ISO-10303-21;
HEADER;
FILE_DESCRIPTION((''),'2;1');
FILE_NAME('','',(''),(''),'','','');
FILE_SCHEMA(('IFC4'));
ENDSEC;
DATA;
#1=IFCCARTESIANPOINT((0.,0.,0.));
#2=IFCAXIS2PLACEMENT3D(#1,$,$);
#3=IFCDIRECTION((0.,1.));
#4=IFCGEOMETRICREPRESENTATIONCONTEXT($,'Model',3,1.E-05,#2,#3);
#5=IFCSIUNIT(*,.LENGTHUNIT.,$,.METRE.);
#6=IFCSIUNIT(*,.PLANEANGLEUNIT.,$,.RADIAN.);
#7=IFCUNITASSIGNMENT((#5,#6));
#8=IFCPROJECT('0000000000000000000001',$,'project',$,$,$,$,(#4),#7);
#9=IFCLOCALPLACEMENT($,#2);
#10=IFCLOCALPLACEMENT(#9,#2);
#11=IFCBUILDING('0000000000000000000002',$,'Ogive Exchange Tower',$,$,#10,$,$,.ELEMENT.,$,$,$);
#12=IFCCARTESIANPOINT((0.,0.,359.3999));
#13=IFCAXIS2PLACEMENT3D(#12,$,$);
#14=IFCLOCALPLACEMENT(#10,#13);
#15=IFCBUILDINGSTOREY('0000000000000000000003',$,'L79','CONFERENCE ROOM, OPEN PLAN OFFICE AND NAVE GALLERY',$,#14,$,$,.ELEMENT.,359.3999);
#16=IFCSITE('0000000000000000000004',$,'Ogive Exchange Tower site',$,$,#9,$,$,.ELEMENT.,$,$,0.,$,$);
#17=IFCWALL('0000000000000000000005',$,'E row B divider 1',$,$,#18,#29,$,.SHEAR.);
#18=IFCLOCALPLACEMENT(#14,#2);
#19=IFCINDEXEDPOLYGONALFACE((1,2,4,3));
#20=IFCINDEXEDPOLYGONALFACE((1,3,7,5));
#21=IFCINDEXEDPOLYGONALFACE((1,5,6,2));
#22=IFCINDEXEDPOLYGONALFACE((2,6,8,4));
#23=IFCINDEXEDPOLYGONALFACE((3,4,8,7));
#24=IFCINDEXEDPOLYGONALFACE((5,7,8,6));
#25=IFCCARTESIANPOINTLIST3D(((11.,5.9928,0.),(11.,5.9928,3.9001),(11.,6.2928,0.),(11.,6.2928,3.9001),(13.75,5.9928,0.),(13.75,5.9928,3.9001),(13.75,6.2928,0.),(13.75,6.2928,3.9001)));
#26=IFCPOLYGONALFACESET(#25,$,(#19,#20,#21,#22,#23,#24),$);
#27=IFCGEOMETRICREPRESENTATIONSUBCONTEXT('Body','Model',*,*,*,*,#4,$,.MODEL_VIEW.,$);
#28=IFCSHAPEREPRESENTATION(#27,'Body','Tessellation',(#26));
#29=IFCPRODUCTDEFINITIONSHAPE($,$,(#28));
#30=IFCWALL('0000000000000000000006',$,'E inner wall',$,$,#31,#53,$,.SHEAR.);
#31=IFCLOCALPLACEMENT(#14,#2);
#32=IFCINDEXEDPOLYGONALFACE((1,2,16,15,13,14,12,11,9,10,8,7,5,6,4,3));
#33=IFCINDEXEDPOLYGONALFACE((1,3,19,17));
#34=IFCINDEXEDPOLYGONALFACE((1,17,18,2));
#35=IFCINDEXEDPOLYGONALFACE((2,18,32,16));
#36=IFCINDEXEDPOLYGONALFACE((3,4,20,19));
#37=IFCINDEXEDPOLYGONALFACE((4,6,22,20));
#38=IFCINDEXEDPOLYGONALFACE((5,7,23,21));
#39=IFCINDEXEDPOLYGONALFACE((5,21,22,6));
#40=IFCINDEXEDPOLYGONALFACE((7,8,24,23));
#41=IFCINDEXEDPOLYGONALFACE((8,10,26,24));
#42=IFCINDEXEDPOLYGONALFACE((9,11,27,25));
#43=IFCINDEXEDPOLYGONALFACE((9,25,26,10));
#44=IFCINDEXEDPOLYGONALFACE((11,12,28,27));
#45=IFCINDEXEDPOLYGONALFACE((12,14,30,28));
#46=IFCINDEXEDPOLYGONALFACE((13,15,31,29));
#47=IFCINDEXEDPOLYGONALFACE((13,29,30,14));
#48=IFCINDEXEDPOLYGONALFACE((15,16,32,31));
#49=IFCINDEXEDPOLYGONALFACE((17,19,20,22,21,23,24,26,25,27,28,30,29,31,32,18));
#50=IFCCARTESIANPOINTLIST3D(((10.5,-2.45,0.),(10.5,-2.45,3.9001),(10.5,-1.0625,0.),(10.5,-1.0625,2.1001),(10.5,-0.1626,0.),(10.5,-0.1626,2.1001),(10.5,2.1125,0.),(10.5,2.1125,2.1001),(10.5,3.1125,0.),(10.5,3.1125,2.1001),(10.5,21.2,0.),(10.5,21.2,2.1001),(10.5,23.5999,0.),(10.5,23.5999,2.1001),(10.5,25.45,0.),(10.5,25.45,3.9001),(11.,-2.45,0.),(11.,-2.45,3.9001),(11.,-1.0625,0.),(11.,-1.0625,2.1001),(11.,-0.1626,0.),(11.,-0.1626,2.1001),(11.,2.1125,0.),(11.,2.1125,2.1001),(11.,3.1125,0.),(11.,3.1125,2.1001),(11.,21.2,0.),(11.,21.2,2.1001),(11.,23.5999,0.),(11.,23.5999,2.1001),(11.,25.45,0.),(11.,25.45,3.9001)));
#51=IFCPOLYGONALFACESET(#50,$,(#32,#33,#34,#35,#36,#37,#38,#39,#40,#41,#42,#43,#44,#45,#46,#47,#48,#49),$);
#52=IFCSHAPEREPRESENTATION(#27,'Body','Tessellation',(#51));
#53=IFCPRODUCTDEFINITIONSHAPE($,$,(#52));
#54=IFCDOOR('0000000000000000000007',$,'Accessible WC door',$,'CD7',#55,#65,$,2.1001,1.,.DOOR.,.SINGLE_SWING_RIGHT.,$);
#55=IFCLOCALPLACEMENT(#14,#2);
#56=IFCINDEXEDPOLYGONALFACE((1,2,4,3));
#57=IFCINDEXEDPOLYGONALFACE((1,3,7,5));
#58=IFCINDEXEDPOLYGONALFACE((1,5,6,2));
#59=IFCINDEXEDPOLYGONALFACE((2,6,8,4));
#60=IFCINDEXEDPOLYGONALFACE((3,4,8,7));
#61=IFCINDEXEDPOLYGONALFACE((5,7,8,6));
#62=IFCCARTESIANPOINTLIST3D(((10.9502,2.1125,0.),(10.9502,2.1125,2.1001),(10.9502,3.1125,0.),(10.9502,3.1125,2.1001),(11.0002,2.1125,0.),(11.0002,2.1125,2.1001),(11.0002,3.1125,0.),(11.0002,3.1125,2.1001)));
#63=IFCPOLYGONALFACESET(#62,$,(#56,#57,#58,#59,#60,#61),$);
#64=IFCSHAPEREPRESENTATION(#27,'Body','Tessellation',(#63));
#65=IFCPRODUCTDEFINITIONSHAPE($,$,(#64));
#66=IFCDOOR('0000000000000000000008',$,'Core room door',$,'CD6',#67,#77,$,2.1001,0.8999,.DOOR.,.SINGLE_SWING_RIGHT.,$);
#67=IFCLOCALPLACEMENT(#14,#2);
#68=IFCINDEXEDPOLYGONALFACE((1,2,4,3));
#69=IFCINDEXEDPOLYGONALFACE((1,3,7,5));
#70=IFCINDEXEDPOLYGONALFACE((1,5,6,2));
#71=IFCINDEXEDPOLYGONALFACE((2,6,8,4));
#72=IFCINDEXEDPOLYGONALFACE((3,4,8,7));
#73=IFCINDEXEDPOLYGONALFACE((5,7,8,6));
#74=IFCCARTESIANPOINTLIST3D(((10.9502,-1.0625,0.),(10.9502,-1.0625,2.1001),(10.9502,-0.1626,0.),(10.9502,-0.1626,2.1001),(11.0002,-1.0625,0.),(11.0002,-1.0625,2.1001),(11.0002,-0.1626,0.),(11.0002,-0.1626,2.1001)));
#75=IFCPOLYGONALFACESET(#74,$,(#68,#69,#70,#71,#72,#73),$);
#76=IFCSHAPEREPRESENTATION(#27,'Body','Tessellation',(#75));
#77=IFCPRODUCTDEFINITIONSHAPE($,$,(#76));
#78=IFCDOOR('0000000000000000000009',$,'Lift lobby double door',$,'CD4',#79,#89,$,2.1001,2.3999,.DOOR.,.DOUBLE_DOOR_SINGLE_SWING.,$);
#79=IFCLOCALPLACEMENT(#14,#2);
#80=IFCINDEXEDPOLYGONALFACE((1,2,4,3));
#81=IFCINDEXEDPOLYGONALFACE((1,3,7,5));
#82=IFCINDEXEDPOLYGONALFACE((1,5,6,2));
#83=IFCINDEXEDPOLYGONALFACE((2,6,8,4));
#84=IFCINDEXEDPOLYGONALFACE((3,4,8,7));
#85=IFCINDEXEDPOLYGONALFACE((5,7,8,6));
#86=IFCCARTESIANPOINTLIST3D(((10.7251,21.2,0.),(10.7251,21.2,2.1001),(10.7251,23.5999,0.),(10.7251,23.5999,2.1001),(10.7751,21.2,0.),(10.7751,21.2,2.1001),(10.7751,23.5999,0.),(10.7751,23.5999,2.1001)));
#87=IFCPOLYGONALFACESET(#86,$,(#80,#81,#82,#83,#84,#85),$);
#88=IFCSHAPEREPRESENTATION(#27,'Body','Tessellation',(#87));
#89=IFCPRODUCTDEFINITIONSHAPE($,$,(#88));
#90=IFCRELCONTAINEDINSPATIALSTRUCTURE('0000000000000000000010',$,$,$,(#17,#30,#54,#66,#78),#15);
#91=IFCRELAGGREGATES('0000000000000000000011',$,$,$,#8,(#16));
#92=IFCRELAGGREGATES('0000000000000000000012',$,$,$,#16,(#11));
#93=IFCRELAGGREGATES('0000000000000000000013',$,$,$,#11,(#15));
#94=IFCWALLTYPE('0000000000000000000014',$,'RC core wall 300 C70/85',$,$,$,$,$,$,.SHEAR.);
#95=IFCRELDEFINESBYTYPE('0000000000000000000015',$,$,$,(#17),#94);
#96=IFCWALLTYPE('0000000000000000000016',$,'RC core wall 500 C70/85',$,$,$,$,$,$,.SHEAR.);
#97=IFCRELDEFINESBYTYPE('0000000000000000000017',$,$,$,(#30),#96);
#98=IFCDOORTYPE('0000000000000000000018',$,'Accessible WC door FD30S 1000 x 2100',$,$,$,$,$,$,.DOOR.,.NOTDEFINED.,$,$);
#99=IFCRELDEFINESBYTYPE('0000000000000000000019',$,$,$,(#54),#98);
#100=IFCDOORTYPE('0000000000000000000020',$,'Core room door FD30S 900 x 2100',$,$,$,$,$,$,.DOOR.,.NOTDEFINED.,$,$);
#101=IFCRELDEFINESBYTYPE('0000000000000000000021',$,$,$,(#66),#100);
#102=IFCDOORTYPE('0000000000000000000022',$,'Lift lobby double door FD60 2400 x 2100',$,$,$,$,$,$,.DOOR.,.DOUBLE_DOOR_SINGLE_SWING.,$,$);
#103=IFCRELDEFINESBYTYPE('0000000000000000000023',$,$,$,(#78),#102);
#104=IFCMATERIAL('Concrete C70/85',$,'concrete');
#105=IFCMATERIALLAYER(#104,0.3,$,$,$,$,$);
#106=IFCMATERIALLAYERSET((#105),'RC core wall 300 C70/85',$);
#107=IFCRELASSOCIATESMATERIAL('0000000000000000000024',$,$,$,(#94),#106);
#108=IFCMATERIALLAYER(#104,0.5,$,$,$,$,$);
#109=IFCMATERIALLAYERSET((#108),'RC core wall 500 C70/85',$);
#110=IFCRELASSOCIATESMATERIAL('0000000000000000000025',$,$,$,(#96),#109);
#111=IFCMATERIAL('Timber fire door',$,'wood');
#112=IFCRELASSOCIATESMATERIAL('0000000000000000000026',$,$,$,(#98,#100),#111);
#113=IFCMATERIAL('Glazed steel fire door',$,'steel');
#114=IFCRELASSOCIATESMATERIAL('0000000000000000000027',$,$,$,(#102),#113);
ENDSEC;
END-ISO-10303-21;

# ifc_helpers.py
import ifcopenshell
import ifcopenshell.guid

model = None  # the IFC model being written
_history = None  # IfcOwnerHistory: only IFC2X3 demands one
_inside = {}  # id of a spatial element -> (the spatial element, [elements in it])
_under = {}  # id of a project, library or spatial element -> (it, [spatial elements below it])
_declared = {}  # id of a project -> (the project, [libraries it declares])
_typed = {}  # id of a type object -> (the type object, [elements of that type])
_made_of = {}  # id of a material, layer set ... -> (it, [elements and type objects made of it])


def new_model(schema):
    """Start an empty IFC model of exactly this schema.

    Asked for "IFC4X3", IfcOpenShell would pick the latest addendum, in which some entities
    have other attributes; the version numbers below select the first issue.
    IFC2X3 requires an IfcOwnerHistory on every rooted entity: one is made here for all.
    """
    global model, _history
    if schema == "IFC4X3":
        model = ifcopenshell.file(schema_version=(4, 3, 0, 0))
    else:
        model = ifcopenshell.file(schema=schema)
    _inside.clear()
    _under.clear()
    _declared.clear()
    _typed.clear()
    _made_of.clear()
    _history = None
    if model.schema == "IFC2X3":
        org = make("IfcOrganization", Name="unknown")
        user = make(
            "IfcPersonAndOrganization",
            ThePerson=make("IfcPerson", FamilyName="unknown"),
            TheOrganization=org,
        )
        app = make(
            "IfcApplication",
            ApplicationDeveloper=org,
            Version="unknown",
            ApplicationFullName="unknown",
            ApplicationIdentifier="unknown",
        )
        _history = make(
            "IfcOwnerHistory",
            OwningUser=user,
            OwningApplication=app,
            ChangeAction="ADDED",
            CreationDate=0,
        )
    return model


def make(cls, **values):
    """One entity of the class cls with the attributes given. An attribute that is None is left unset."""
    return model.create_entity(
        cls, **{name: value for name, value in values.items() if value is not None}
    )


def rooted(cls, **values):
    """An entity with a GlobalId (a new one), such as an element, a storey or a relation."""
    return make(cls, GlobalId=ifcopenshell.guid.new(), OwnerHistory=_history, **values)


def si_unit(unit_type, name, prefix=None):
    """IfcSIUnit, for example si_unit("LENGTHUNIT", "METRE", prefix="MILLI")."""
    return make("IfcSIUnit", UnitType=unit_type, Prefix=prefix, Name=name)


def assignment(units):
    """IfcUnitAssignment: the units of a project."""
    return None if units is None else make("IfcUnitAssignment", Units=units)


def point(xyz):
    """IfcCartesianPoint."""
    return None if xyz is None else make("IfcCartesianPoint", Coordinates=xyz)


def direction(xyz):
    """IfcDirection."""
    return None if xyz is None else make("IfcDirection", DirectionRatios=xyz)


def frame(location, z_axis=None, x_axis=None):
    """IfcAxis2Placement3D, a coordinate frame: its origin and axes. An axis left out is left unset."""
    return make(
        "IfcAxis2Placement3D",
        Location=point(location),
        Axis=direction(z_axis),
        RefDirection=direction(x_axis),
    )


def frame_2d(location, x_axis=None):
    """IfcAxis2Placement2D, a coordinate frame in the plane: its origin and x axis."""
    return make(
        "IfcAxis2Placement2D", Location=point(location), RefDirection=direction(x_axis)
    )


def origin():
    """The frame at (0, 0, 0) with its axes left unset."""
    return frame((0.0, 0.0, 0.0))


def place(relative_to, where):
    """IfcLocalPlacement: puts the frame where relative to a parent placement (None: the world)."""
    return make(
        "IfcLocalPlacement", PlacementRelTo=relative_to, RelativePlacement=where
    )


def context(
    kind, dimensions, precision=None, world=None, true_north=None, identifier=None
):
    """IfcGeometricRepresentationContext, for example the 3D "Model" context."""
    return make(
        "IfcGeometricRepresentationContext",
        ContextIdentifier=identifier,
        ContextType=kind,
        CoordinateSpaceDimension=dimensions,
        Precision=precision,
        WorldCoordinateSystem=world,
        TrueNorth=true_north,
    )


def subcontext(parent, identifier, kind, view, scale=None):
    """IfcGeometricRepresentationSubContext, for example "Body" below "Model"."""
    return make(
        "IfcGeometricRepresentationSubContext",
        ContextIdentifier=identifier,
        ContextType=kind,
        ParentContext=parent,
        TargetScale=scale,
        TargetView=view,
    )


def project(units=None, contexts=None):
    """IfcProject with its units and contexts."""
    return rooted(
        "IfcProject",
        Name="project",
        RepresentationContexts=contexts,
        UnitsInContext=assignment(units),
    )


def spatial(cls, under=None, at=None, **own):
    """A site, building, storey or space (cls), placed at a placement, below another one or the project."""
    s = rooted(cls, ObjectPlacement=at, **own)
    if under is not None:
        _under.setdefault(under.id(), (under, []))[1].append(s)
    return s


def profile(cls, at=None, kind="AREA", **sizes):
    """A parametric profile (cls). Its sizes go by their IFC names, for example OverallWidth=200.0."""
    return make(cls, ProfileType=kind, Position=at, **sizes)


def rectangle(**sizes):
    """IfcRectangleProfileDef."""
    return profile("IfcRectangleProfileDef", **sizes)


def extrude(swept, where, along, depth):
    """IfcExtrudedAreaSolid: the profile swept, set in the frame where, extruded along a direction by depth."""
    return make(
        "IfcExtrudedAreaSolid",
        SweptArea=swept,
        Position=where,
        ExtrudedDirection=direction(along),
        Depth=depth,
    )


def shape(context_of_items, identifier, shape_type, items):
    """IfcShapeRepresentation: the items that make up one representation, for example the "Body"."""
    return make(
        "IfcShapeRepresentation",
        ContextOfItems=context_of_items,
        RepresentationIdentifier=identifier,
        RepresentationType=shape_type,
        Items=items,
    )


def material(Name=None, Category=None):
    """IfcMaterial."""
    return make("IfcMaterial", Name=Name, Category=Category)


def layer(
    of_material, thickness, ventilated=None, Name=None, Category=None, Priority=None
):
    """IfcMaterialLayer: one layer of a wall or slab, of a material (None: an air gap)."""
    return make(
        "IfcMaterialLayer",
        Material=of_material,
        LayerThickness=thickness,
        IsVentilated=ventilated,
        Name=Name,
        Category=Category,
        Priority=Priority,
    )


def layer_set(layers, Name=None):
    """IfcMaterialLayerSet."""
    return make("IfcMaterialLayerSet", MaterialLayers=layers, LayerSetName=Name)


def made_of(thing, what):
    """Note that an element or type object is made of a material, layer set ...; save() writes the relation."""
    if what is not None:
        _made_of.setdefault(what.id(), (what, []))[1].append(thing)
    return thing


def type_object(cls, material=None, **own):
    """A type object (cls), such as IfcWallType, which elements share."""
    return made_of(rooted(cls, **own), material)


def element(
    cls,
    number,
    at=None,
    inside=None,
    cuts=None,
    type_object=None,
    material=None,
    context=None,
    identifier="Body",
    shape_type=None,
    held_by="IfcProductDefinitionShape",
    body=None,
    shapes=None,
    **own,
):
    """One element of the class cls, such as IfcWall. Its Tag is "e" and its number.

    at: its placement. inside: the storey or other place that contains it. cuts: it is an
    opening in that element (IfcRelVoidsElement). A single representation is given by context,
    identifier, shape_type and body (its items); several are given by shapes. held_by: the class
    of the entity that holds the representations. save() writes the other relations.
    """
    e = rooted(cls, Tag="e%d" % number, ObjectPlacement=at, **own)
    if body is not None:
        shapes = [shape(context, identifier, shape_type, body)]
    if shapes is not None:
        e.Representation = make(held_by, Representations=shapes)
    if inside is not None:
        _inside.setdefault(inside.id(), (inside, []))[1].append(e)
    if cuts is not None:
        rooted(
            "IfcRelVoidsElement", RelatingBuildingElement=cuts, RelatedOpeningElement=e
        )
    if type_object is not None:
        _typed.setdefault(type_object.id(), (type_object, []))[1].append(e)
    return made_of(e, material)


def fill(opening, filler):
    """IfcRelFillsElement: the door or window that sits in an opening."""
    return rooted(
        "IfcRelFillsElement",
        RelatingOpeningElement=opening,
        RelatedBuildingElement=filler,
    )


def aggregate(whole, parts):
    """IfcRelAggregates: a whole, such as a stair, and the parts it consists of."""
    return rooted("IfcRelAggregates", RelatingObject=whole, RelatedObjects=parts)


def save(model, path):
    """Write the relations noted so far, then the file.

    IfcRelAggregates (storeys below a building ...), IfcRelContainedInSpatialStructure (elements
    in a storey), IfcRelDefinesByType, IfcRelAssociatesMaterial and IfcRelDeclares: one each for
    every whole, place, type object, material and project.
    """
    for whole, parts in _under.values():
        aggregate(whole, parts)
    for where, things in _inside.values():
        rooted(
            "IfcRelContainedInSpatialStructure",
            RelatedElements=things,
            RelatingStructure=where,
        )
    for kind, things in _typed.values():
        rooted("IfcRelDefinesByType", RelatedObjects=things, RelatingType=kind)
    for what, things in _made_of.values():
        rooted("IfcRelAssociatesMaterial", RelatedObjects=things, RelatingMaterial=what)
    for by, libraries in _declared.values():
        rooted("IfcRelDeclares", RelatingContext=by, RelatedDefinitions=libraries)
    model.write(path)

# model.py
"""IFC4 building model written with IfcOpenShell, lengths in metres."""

from ifc_helpers import new_model, si_unit, direction, frame, frame_2d, origin, place, context, subcontext, project, spatial, rectangle, extrude, material, layer, layer_set, type_object, element, fill, save


model = new_model("IFC4")

# Units and contexts
model_context = context("Model", 3, precision=1e-05, world=origin(), true_north=direction((0.0, 1.0)))
body_context = subcontext(model_context, "Body", "Model", "MODEL_VIEW")
ifc_project = project(units=[si_unit("LENGTHUNIT", "METRE"), si_unit("PLANEANGLEUNIT", "RADIAN")], contexts=[model_context])

# Site, building, storey
site_placement = place(None, origin())
site = spatial("IfcSite", under=ifc_project, at=site_placement, Name="Ogive Exchange Tower site", CompositionType="ELEMENT", RefElevation=0.0)
building_placement = place(site_placement, origin())
building = spatial("IfcBuilding", under=site, at=building_placement, Name="Ogive Exchange Tower", CompositionType="ELEMENT")
storey_placement = place(building_placement, frame((0.0, 0.0, 359.3999)))
storey = spatial("IfcBuildingStorey", under=building, at=storey_placement, Name="L79", Description="CONFERENCE ROOM, OPEN PLAN OFFICE AND NAVE GALLERY", CompositionType="ELEMENT", Elevation=359.3999)

# Shared definitions
ifc_material_1 = material(Name="Concrete C70/85", Category="concrete")

# Wall
ifc_layer_1 = layer(ifc_material_1, 0.3)
ifc_layer_set_1 = layer_set([ifc_layer_1], Name="RC core wall 300 C70/85")
wall_type_1 = type_object("IfcWallType", Name="RC core wall 300 C70/85", PredefinedType="SHEAR", material=ifc_layer_set_1)
wall_1_placement = place(storey_placement, frame((11.0, 6.1428, 0.0), z_axis=(0.0, 0.0, 1.0), x_axis=(1.0, 0.0, 0.0)))
element("IfcWall", 1, at=wall_1_placement, inside=storey, type_object=wall_type_1, Name="E row B divider 1", PredefinedType="SHEAR", context=body_context, shape_type="SweptSolid", body=[
    extrude(rectangle(XDim=2.75, YDim=0.3, at=frame_2d((1.375, 0.0))), origin(), (0.0, 0.0, 1.0), 3.9001),
])

# Wall, openings, doors
ifc_layer_2 = layer(ifc_material_1, 0.5)
ifc_layer_set_2 = layer_set([ifc_layer_2], Name="RC core wall 500 C70/85")
wall_type_2 = type_object("IfcWallType", Name="RC core wall 500 C70/85", PredefinedType="SHEAR", material=ifc_layer_set_2)
wall_2_placement = place(storey_placement, frame((10.75, -2.45, 0.0), z_axis=(0.0, 0.0, 1.0), x_axis=(0.0, 1.0, 0.0)))
wall_2 = element("IfcWall", 2, at=wall_2_placement, inside=storey, type_object=wall_type_2, Name="E inner wall", PredefinedType="SHEAR", context=body_context, shape_type="SweptSolid", body=[
    extrude(rectangle(XDim=27.8999, YDim=0.5, at=frame_2d((13.95, 0.0))), origin(), (0.0, 0.0, 1.0), 3.9001),
])
opening_1_placement = place(wall_2_placement, frame((23.6499, 0.0, 0.0)))
opening_1 = element("IfcOpeningElement", 3, at=opening_1_placement, cuts=wall_2, PredefinedType="OPENING", context=body_context, shape_type="SweptSolid", body=[
    extrude(rectangle(XDim=2.3999, YDim=2.1001, at=frame_2d((1.2, 1.05))), frame((0.0, 0.26, 0.0), z_axis=(0.0, -1.0, 0.0), x_axis=(1.0, 0.0, 0.0)), (0.0, 0.0, 1.0), 0.52),
])
opening_2_placement = place(wall_2_placement, frame((1.3875, 0.0, 0.0)))
opening_2 = element("IfcOpeningElement", 4, at=opening_2_placement, cuts=wall_2, PredefinedType="OPENING", context=body_context, shape_type="SweptSolid", body=[
    extrude(rectangle(XDim=0.8999, YDim=2.1001, at=frame_2d((0.45, 1.05))), frame((0.0, 0.26, 0.0), z_axis=(0.0, -1.0, 0.0), x_axis=(1.0, 0.0, 0.0)), (0.0, 0.0, 1.0), 0.52),
])
opening_3_placement = place(wall_2_placement, frame((4.5625, 0.0, 0.0)))
opening_3 = element("IfcOpeningElement", 5, at=opening_3_placement, cuts=wall_2, PredefinedType="OPENING", context=body_context, shape_type="SweptSolid", body=[
    extrude(rectangle(XDim=1.0, YDim=2.1001, at=frame_2d((0.5, 1.05))), frame((0.0, 0.26, 0.0), z_axis=(0.0, -1.0, 0.0), x_axis=(1.0, 0.0, 0.0)), (0.0, 0.0, 1.0), 0.52),
])
ifc_material_2 = material(Name="Timber fire door", Category="wood")
door_type_1 = type_object("IfcDoorType", Name="Accessible WC door FD30S 1000 x 2100", OperationType="NOTDEFINED", PredefinedType="DOOR", material=ifc_material_2)
door_1_placement = place(opening_3_placement, origin())
door_1 = element("IfcDoor", 6, at=door_1_placement, inside=storey, type_object=door_type_1, Name="Accessible WC door", ObjectType="CD7", OperationType="SINGLE_SWING_RIGHT", OverallHeight=2.1001, OverallWidth=1.0, PredefinedType="DOOR", context=body_context, shape_type="SweptSolid", body=[
    extrude(rectangle(XDim=1.0, YDim=2.1001, at=frame_2d((0.5, 1.05))), frame((0.0, -0.2002, 0.0), z_axis=(0.0, -1.0, 0.0), x_axis=(1.0, 0.0, 0.0)), (0.0, 0.0, 1.0), 0.05),
])
fill(opening_3, door_1)
door_type_2 = type_object("IfcDoorType", Name="Core room door FD30S 900 x 2100", OperationType="NOTDEFINED", PredefinedType="DOOR", material=ifc_material_2)
door_2_placement = place(opening_2_placement, origin())
door_2 = element("IfcDoor", 7, at=door_2_placement, inside=storey, type_object=door_type_2, Name="Core room door", ObjectType="CD6", OperationType="SINGLE_SWING_RIGHT", OverallHeight=2.1001, OverallWidth=0.8999, PredefinedType="DOOR", context=body_context, shape_type="SweptSolid", body=[
    extrude(rectangle(XDim=0.8999, YDim=2.1001, at=frame_2d((0.45, 1.05))), frame((0.0, -0.2002, 0.0), z_axis=(0.0, -1.0, 0.0), x_axis=(1.0, 0.0, 0.0)), (0.0, 0.0, 1.0), 0.05),
])
fill(opening_2, door_2)
ifc_material_3 = material(Name="Glazed steel fire door", Category="steel")
door_type_3 = type_object("IfcDoorType", Name="Lift lobby double door FD60 2400 x 2100", OperationType="DOUBLE_DOOR_SINGLE_SWING", PredefinedType="DOOR", material=ifc_material_3)
door_3_placement = place(opening_1_placement, origin())
door_3 = element("IfcDoor", 8, at=door_3_placement, inside=storey, type_object=door_type_3, Name="Lift lobby double door", ObjectType="CD4", OperationType="DOUBLE_DOOR_SINGLE_SWING", OverallHeight=2.1001, OverallWidth=2.3999, PredefinedType="DOOR", context=body_context, shape_type="SweptSolid", body=[
    extrude(rectangle(XDim=2.3999, YDim=2.1001, at=frame_2d((1.2, 1.05))), frame((0.0, 0.0249, 0.0), z_axis=(0.0, -1.0, 0.0), x_axis=(1.0, 0.0, 0.0)), (0.0, 0.0, 1.0), 0.05),
])
fill(opening_1, door_3)

save(model, "model.ifc")
